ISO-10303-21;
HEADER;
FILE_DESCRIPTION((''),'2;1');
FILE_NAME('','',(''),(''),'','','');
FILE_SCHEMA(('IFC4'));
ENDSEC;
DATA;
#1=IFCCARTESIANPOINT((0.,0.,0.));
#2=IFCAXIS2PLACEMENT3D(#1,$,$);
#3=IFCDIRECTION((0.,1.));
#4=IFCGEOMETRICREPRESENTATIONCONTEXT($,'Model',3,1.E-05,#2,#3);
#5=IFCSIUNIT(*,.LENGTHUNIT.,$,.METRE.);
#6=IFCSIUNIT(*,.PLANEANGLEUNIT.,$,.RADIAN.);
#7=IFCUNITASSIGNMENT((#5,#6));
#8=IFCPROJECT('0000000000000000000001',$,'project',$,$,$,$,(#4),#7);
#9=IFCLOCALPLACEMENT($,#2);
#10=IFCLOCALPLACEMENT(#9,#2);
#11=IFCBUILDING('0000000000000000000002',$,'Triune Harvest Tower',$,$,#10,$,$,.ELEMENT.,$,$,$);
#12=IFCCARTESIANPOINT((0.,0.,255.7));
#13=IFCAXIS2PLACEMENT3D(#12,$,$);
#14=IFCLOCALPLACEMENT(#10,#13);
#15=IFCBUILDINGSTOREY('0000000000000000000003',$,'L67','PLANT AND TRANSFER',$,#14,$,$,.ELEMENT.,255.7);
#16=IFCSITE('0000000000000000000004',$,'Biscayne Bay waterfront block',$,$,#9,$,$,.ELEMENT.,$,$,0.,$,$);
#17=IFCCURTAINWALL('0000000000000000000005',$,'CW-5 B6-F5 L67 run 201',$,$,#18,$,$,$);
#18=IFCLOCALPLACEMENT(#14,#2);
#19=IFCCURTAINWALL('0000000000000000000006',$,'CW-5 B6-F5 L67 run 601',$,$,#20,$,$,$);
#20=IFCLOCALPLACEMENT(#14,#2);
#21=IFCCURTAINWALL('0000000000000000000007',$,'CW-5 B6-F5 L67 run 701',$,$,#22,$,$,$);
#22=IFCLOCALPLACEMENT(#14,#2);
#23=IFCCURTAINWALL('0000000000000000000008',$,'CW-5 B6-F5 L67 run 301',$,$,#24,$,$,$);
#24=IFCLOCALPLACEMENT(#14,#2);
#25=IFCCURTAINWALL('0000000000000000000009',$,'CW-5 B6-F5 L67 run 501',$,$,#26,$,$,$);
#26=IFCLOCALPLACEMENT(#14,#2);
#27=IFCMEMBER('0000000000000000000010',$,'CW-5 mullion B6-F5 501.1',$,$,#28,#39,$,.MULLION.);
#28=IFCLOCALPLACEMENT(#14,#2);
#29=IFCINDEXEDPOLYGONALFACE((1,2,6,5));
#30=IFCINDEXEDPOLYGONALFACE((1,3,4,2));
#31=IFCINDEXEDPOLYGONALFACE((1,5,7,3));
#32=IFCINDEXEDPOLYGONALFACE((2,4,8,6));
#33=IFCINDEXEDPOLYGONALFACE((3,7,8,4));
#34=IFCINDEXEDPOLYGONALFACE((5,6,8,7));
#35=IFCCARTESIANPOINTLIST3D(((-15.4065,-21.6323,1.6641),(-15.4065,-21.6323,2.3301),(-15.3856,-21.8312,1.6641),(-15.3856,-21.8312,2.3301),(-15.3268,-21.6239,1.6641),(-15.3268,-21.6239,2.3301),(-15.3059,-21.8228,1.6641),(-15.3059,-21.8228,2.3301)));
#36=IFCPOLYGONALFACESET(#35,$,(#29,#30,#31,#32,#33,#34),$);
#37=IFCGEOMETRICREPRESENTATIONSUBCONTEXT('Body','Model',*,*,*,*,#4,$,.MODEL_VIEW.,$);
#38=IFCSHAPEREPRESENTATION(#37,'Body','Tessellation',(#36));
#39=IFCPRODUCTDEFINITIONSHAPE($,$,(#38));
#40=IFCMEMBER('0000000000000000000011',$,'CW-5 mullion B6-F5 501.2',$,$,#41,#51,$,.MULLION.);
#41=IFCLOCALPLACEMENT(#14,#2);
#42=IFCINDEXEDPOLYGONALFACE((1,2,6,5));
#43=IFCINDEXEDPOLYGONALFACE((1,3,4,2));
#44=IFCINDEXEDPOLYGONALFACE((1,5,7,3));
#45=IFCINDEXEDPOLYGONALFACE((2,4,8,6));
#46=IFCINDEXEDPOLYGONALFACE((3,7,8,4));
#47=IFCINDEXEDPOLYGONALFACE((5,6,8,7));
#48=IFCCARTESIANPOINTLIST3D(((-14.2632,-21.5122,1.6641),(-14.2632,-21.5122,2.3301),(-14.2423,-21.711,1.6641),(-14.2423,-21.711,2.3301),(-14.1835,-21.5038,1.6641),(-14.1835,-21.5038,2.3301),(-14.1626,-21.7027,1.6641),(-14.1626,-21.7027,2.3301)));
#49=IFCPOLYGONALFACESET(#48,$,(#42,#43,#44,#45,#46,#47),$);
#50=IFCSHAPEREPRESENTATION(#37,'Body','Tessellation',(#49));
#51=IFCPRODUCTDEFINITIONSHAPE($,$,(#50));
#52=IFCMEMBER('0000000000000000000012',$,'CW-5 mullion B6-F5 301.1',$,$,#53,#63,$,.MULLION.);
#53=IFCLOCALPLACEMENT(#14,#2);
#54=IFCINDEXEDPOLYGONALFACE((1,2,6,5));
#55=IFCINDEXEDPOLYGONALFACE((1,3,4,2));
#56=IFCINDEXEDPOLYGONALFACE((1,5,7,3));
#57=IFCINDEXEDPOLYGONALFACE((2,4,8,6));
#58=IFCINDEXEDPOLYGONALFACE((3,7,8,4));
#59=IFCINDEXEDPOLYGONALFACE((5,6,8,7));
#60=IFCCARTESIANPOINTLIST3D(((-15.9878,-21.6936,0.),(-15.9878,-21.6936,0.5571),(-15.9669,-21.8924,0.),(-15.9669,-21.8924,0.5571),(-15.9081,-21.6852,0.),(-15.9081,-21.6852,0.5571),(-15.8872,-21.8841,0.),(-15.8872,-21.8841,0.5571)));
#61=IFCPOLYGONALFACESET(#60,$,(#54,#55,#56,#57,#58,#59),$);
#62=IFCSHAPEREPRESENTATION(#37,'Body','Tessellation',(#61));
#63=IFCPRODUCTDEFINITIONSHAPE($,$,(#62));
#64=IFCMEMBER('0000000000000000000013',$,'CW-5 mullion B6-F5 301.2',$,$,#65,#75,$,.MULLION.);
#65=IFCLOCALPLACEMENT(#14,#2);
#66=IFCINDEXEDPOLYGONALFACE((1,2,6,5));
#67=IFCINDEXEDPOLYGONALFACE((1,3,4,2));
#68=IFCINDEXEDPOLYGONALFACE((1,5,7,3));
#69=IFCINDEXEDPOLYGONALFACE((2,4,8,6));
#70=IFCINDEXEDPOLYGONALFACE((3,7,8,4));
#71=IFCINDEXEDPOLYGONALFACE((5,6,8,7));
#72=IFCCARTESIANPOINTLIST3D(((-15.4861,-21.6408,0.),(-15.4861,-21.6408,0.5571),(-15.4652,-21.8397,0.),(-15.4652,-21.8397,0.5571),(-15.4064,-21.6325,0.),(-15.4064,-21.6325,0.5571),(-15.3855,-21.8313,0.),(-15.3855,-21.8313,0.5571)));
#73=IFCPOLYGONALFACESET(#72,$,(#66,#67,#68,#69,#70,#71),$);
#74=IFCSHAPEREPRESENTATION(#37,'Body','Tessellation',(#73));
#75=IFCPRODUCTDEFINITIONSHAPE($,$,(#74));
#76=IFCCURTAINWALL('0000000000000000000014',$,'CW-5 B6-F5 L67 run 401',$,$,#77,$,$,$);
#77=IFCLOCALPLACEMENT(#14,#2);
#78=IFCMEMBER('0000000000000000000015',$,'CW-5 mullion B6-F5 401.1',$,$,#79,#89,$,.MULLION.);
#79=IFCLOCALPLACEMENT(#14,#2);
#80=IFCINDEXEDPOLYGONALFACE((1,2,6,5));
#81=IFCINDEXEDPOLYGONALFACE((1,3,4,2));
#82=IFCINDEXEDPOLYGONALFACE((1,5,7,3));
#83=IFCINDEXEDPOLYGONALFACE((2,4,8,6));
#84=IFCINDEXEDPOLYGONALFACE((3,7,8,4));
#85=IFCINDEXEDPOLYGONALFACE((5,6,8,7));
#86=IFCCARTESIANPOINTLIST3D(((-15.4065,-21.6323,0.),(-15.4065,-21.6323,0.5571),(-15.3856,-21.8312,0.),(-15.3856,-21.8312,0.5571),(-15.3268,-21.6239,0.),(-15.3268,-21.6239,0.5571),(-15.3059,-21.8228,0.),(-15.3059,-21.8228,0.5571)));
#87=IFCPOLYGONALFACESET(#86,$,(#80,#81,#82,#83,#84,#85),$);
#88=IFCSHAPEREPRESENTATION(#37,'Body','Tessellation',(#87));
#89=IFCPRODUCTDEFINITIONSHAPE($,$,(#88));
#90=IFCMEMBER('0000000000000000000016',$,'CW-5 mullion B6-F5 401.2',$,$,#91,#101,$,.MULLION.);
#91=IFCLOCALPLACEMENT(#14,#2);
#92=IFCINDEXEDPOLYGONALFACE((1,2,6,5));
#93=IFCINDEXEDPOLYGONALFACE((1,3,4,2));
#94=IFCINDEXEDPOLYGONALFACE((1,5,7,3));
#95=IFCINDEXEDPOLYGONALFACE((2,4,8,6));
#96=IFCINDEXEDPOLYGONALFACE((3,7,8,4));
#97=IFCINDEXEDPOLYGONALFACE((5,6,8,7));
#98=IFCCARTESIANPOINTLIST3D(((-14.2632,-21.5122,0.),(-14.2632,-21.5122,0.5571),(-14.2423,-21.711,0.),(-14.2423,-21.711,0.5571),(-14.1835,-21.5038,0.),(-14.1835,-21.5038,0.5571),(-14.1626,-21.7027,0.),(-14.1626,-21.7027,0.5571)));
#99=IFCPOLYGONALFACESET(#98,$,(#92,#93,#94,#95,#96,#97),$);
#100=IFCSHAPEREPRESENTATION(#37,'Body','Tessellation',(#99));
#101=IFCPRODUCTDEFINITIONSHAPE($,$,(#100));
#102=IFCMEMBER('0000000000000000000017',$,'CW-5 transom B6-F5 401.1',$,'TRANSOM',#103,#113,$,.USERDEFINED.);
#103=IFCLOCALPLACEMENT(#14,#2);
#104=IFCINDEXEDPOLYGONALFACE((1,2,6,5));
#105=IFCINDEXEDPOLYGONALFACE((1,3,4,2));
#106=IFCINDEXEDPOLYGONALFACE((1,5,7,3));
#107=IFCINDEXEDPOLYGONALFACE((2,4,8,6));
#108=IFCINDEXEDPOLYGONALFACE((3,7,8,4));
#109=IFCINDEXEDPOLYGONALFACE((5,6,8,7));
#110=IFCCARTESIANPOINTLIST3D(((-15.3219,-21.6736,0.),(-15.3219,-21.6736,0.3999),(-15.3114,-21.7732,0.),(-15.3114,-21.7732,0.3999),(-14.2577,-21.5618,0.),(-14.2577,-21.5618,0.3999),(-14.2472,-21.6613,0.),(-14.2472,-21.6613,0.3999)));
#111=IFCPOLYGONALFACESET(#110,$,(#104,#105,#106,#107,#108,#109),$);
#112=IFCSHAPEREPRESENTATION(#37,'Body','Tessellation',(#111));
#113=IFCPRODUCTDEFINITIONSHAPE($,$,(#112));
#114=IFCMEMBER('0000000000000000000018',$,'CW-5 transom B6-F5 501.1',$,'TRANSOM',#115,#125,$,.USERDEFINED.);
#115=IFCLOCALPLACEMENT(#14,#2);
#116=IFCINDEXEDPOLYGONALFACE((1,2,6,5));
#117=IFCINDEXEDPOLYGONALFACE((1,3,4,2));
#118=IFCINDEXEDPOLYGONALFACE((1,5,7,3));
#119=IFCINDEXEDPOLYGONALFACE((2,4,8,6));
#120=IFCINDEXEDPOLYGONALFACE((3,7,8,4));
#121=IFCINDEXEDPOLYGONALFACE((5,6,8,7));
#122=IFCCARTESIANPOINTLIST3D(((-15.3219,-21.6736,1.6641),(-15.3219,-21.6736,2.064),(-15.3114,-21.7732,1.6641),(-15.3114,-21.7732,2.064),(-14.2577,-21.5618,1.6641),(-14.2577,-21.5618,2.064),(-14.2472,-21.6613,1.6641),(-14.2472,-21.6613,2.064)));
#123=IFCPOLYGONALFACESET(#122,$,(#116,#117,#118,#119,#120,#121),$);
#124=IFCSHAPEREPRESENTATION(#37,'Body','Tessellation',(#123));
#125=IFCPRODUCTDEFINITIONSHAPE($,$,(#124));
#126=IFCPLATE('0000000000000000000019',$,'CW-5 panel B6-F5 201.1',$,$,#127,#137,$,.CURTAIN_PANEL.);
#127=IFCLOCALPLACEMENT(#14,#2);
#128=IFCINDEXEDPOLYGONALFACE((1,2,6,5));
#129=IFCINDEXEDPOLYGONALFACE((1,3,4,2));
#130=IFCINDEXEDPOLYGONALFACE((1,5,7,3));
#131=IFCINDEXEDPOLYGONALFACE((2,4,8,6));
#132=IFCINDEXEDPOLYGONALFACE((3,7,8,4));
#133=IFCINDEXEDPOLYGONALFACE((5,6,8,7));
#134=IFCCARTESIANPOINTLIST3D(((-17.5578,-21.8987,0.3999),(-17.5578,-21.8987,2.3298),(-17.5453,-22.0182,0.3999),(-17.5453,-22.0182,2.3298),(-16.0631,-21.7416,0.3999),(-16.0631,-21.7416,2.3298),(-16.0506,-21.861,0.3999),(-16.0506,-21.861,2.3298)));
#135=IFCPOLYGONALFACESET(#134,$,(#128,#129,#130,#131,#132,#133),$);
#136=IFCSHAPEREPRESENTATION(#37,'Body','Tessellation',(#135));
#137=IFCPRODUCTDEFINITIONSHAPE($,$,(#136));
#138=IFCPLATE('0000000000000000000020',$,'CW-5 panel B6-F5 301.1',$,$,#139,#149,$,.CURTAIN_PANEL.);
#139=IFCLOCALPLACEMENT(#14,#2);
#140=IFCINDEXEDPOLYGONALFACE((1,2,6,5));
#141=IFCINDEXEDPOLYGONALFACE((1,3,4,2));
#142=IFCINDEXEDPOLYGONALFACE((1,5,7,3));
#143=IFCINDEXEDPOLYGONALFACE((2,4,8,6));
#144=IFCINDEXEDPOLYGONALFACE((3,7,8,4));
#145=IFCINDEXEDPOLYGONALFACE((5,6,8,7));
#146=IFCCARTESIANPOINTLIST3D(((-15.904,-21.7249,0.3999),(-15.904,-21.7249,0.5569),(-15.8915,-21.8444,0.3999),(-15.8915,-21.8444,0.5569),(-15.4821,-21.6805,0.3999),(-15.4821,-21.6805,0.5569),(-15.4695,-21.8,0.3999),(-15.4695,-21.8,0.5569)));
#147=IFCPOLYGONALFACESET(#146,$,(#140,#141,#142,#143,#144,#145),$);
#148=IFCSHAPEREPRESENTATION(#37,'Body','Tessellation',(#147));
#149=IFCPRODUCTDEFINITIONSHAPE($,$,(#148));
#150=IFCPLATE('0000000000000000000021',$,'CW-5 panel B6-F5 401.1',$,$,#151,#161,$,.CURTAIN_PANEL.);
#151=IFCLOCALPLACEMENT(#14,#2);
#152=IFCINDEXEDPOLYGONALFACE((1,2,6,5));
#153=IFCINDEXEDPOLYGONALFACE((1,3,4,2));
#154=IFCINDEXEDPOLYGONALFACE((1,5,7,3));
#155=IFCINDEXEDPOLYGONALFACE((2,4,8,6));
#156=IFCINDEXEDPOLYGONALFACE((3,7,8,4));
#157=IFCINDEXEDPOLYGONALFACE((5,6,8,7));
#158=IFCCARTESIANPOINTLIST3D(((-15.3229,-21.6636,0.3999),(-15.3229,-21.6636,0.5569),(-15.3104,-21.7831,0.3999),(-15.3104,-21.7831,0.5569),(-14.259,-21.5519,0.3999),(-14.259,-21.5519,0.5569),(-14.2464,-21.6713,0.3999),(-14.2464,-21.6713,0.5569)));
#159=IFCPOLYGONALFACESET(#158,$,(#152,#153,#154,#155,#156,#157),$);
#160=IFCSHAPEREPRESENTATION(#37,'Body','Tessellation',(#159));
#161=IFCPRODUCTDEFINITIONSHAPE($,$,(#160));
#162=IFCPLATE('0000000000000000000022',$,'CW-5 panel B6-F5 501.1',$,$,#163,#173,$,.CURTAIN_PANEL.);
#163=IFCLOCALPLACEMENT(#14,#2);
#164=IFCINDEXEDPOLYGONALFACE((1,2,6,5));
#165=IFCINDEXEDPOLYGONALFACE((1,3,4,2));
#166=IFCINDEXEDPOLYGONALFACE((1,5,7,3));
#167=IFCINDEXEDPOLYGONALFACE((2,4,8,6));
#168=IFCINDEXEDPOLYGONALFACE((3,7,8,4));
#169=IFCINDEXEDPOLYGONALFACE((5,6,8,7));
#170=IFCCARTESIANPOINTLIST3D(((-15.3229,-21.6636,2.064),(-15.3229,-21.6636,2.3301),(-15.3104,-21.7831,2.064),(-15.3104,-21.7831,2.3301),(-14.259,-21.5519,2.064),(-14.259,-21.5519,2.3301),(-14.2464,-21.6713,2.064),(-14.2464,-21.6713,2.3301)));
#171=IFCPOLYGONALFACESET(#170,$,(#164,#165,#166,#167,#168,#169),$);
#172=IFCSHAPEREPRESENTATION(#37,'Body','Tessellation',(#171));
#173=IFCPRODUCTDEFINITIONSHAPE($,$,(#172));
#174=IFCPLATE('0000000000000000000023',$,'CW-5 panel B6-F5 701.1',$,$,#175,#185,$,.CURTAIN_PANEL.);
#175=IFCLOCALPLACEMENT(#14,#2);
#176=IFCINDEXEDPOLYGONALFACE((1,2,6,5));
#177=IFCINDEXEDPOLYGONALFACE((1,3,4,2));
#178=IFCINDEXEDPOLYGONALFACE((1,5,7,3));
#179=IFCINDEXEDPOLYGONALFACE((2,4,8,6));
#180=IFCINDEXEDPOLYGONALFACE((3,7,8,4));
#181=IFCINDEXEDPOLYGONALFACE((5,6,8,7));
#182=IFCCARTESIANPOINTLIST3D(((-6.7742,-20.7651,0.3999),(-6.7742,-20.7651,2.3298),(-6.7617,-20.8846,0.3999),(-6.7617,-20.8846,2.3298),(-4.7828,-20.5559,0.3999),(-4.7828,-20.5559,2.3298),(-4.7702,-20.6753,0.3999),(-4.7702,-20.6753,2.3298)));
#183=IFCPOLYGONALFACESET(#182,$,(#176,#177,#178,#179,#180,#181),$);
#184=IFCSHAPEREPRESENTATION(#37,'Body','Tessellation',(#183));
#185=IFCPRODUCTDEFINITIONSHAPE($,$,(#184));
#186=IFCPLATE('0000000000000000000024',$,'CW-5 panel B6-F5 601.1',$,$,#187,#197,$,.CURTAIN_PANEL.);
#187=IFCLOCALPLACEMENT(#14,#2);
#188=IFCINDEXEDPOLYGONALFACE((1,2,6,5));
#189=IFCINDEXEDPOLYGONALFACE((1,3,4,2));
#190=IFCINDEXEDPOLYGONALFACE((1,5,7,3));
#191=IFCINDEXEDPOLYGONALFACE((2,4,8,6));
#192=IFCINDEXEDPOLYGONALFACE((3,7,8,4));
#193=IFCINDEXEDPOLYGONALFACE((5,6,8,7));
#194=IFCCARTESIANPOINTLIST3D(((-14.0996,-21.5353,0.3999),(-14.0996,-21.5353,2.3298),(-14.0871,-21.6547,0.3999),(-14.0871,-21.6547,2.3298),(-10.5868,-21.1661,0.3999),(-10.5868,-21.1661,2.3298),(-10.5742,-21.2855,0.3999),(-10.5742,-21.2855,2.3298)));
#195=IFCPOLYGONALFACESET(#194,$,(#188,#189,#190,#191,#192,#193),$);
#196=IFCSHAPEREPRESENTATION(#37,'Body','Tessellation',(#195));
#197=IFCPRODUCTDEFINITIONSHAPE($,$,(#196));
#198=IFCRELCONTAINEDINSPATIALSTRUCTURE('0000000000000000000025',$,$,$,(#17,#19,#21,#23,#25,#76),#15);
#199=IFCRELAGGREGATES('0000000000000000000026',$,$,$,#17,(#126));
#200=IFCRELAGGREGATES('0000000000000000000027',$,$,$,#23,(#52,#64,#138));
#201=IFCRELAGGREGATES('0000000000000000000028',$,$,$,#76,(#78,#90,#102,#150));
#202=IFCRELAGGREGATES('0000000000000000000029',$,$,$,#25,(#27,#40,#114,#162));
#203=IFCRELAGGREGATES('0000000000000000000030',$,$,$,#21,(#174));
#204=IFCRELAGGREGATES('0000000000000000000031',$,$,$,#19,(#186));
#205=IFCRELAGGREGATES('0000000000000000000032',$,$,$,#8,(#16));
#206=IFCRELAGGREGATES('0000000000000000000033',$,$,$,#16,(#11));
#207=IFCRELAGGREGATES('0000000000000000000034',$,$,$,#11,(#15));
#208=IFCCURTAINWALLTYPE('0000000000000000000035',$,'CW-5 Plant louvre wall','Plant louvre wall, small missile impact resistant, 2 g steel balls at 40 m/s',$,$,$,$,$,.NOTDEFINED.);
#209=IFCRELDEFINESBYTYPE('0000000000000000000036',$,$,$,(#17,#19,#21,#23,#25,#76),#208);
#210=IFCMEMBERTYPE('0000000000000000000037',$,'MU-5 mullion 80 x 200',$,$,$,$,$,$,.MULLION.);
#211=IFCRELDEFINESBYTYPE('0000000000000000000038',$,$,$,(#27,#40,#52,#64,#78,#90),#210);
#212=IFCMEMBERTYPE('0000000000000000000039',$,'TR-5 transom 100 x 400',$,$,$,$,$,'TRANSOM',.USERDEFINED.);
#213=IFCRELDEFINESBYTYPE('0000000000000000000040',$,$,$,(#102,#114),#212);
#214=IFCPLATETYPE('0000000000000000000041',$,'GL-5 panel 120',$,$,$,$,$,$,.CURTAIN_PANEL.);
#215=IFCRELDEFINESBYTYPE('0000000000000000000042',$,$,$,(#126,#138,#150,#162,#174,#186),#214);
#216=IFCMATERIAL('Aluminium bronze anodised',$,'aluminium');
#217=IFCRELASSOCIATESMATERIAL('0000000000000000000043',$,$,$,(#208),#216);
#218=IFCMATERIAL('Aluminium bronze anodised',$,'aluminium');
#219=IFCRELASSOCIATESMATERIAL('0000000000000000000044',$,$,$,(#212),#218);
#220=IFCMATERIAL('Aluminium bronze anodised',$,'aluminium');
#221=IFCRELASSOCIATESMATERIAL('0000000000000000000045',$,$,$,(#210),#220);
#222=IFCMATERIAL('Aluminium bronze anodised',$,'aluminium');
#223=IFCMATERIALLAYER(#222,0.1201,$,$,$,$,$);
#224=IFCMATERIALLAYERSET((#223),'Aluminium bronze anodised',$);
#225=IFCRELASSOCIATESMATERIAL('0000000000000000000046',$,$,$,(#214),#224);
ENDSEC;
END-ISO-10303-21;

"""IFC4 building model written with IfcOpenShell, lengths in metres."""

from ifc_helpers import new_model, si_unit, direction, frame, origin, origin_2d, place, context, subcontext, project, spatial, rectangle, extrude, source, transform, mapped, material, layer, layer_set, material_profile, profile_set, type_object, element, aggregate, save


model = new_model("IFC4")

# Units and contexts
model_context = context("Model", 3, precision=1e-05, world=origin(), true_north=direction((0.0, 1.0)))
body_context = subcontext(model_context, "Body", "Model", "MODEL_VIEW")
ifc_project = project(units=[si_unit("LENGTHUNIT", "METRE"), si_unit("PLANEANGLEUNIT", "RADIAN")], contexts=[model_context])

# Site, building, storey
site_placement = place(None, origin())
site = spatial("IfcSite", under=ifc_project, at=site_placement, Name="Biscayne Bay waterfront block", CompositionType="ELEMENT", RefElevation=0.0)
building_placement = place(site_placement, origin())
building = spatial("IfcBuilding", under=site, at=building_placement, Name="Triune Harvest Tower", CompositionType="ELEMENT")
storey_placement = place(building_placement, frame((0.0, 0.0, 255.7)))
storey = spatial("IfcBuildingStorey", under=building, at=storey_placement, Name="L67", Description="PLANT AND TRANSFER", CompositionType="ELEMENT", Elevation=255.7)

# Curtain walls
ifc_material_1 = material(Name="Aluminium bronze anodised", Category="aluminium")
curtain_wall_type = type_object("IfcCurtainWallType", Name="CW-5 Plant louvre wall", Description="Plant louvre wall, small missile impact resistant, 2 g steel balls at 40 m/s", PredefinedType="NOTDEFINED", material=ifc_material_1)
curtain_wall_1_placement = place(storey_placement, origin())
curtain_wall_1 = element("IfcCurtainWall", 1, at=curtain_wall_1_placement, inside=storey, type_object=curtain_wall_type, Name="CW-5 B6-F5 L67 run 201")
ifc_material_2 = material(Name="Aluminium bronze anodised", Category="aluminium")
ifc_material_profile_1 = material_profile(ifc_material_2, rectangle(XDim=0.1001, YDim=0.3999, at=origin_2d()), Name="TR-5 transom 100 x 400")
ifc_profile_set_1 = profile_set([ifc_material_profile_1], Name="Aluminium bronze anodised")
member_type_1 = type_object("IfcMemberType", Name="TR-5 transom 100 x 400", ElementType="TRANSOM", PredefinedType="USERDEFINED", material=ifc_profile_set_1)
curtain_wall_2_placement = place(storey_placement, origin())
curtain_wall_2 = element("IfcCurtainWall", 2, at=curtain_wall_2_placement, inside=storey, type_object=curtain_wall_type, Name="CW-5 B6-F5 L67 run 601")
curtain_wall_3_placement = place(storey_placement, origin())
curtain_wall_3 = element("IfcCurtainWall", 3, at=curtain_wall_3_placement, inside=storey, type_object=curtain_wall_type, Name="CW-5 B6-F5 L67 run 701")

# Shared definitions
ifc_material_3 = material(Name="Aluminium bronze anodised", Category="aluminium")
ifc_material_profile_2 = material_profile(ifc_material_3, rectangle(XDim=0.2, YDim=0.0801, at=origin_2d()), Name="MU-5 mullion 80 x 200")
ifc_profile_set_2 = profile_set([ifc_material_profile_2], Name="Aluminium bronze anodised")
member_type_2 = type_object("IfcMemberType", Name="MU-5 mullion 80 x 200", PredefinedType="MULLION", material=ifc_profile_set_2)

# Curtain wall
curtain_wall_4_placement = place(storey_placement, origin())
curtain_wall_4 = element("IfcCurtainWall", 4, at=curtain_wall_4_placement, inside=storey, type_object=curtain_wall_type, Name="CW-5 B6-F5 L67 run 301")

# Curtain wall, members
curtain_wall_5_placement = place(storey_placement, origin())
curtain_wall_5 = element("IfcCurtainWall", 5, at=curtain_wall_5_placement, inside=storey, type_object=curtain_wall_type, Name="CW-5 B6-F5 L67 run 501")
shared_shape_1 = source(origin(), body_context, "Body", "SweptSolid", [
    extrude(rectangle(XDim=0.2, YDim=0.0801, at=origin_2d()), origin(), (0.0, 0.0, 1.0), 0.666),
])
member_1_placement = place(storey_placement, frame((-15.3562, -21.7275, 1.6641), z_axis=(0.0, 0.0, 1.0), x_axis=(-0.104486, 0.994526, 0.0)))
member_1 = element("IfcMember", 6, at=member_1_placement, type_object=member_type_2, Name="CW-5 mullion B6-F5 501.1", PredefinedType="MULLION", context=body_context, shape_type="MappedRepresentation", body=[
    mapped(shared_shape_1, transform((0.0, 0.0, 0.0), scale=1.0)),
])
member_2_placement = place(storey_placement, frame((-14.2129, -21.6074, 1.6641), z_axis=(0.0, 0.0, 1.0), x_axis=(-0.104486, 0.994526, 0.0)))
member_2 = element("IfcMember", 7, at=member_2_placement, type_object=member_type_2, Name="CW-5 mullion B6-F5 501.2", PredefinedType="MULLION", context=body_context, shape_type="MappedRepresentation", body=[
    mapped(shared_shape_1, transform((0.0, 0.0, 0.0), scale=1.0)),
])

# Members
shared_shape_2 = source(origin(), body_context, "Body", "SweptSolid", [
    extrude(rectangle(XDim=0.2, YDim=0.0801, at=origin_2d()), origin(), (0.0, 0.0, 1.0), 0.5571),
])
member_3_placement = place(storey_placement, frame((-15.9375, -21.7888, 0.0), z_axis=(0.0, 0.0, 1.0), x_axis=(-0.104569, 0.994518, 0.0)))
member_3 = element("IfcMember", 8, at=member_3_placement, type_object=member_type_2, Name="CW-5 mullion B6-F5 301.1", PredefinedType="MULLION", context=body_context, shape_type="MappedRepresentation", body=[
    mapped(shared_shape_2, transform((0.0, 0.0, 0.0), scale=1.0)),
])
member_4_placement = place(storey_placement, frame((-15.4358, -21.7361, 0.0), z_axis=(0.0, 0.0, 1.0), x_axis=(-0.104569, 0.994518, 0.0)))
member_4 = element("IfcMember", 9, at=member_4_placement, type_object=member_type_2, Name="CW-5 mullion B6-F5 301.2", PredefinedType="MULLION", context=body_context, shape_type="MappedRepresentation", body=[
    mapped(shared_shape_2, transform((0.0, 0.0, 0.0), scale=1.0)),
])

# Curtain wall, members
curtain_wall_6_placement = place(storey_placement, origin())
curtain_wall_6 = element("IfcCurtainWall", 10, at=curtain_wall_6_placement, inside=storey, type_object=curtain_wall_type, Name="CW-5 B6-F5 L67 run 401")
member_5_placement = place(storey_placement, frame((-15.3562, -21.7275, 0.0), z_axis=(0.0, 0.0, 1.0), x_axis=(-0.104486, 0.994526, 0.0)))
member_5 = element("IfcMember", 11, at=member_5_placement, type_object=member_type_2, Name="CW-5 mullion B6-F5 401.1", PredefinedType="MULLION", context=body_context, shape_type="MappedRepresentation", body=[
    mapped(shared_shape_2, transform((0.0, 0.0, 0.0), scale=1.0)),
])
member_6_placement = place(storey_placement, frame((-14.2129, -21.6074, 0.0), z_axis=(0.0, 0.0, 1.0), x_axis=(-0.104486, 0.994526, 0.0)))
member_6 = element("IfcMember", 12, at=member_6_placement, type_object=member_type_2, Name="CW-5 mullion B6-F5 401.2", PredefinedType="MULLION", context=body_context, shape_type="MappedRepresentation", body=[
    mapped(shared_shape_2, transform((0.0, 0.0, 0.0), scale=1.0)),
])
shared_shape_3 = source(origin(), body_context, "Body", "SweptSolid", [
    extrude(rectangle(XDim=0.1001, YDim=0.3999, at=origin_2d()), origin(), (0.0, 0.0, 1.0), 1.0701),
])
member_7_placement = place(storey_placement, frame((-15.3167, -21.7234, 0.2), z_axis=(0.994525, 0.104495, 0.0), x_axis=(-0.104495, 0.994525, 0.0)))
member_7 = element("IfcMember", 13, at=member_7_placement, type_object=member_type_1, Name="CW-5 transom B6-F5 401.1", ObjectType="TRANSOM", PredefinedType="USERDEFINED", context=body_context, shape_type="MappedRepresentation", body=[
    mapped(shared_shape_3, transform((0.0, 0.0, 0.0), scale=1.0)),
])

# Member
member_8_placement = place(storey_placement, frame((-15.3167, -21.7234, 1.864), z_axis=(0.994525, 0.104495, 0.0), x_axis=(-0.104495, 0.994525, 0.0)))
member_8 = element("IfcMember", 14, at=member_8_placement, type_object=member_type_1, Name="CW-5 transom B6-F5 501.1", ObjectType="TRANSOM", PredefinedType="USERDEFINED", context=body_context, shape_type="MappedRepresentation", body=[
    mapped(shared_shape_3, transform((0.0, 0.0, 0.0), scale=1.0)),
])

# Plates
ifc_material_4 = material(Name="Aluminium bronze anodised", Category="aluminium")
ifc_layer = layer(ifc_material_4, 0.1201)
ifc_layer_set = layer_set([ifc_layer], Name="Aluminium bronze anodised")
plate_type = type_object("IfcPlateType", Name="GL-5 panel 120", PredefinedType="CURTAIN_PANEL", material=ifc_layer_set)
plate_1_placement = place(storey_placement, frame((-16.8042, -21.8799, 0.3999), z_axis=(0.0, 0.0, 1.0), x_axis=(0.994518, 0.104569, 0.0)))
plate_1 = element("IfcPlate", 15, at=plate_1_placement, type_object=plate_type, Name="CW-5 panel B6-F5 201.1", PredefinedType="CURTAIN_PANEL", context=body_context, shape_type="SweptSolid", body=[
    extrude(rectangle(XDim=1.5029, YDim=0.1201, at=origin_2d()), origin(), (0.0, 0.0, 1.0), 1.9299),
])
aggregate(curtain_wall_1, [plate_1])
plate_2_placement = place(storey_placement, frame((-15.6868, -21.7625, 0.3999), z_axis=(0.0, 0.0, 1.0), x_axis=(0.994518, 0.104569, 0.0)))
plate_2 = element("IfcPlate", 16, at=plate_2_placement, type_object=plate_type, Name="CW-5 panel B6-F5 301.1", PredefinedType="CURTAIN_PANEL", context=body_context, shape_type="SweptSolid", body=[
    extrude(rectangle(XDim=0.4243, YDim=0.1201, at=origin_2d()), origin(), (0.0, 0.0, 1.0), 0.157),
])
aggregate(curtain_wall_4, [member_3, member_4, plate_2])
plate_3_placement = place(storey_placement, frame((-14.7847, -21.6675, 0.3999), z_axis=(0.0, 0.0, 1.0), x_axis=(0.994526, 0.104486, 0.0)))
plate_3 = element("IfcPlate", 17, at=plate_3_placement, type_object=plate_type, Name="CW-5 panel B6-F5 401.1", PredefinedType="CURTAIN_PANEL", context=body_context, shape_type="SweptSolid", body=[
    extrude(rectangle(XDim=1.0698, YDim=0.1201, at=origin_2d()), origin(), (0.0, 0.0, 1.0), 0.157),
])
aggregate(curtain_wall_6, [member_5, member_6, member_7, plate_3])
plate_4_placement = place(storey_placement, frame((-14.7847, -21.6675, 2.064), z_axis=(0.0, 0.0, 1.0), x_axis=(0.994526, 0.104486, 0.0)))
plate_4 = element("IfcPlate", 18, at=plate_4_placement, type_object=plate_type, Name="CW-5 panel B6-F5 501.1", PredefinedType="CURTAIN_PANEL", context=body_context, shape_type="SweptSolid", body=[
    extrude(rectangle(XDim=1.0698, YDim=0.1201, at=origin_2d()), origin(), (0.0, 0.0, 1.0), 0.2661),
])
aggregate(curtain_wall_5, [member_1, member_2, member_8, plate_4])
plate_5_placement = place(storey_placement, frame((-5.7722, -20.7202, 0.3999), z_axis=(0.0, 0.0, 1.0), x_axis=(0.994524, 0.104507, 0.0)))
plate_5 = element("IfcPlate", 19, at=plate_5_placement, type_object=plate_type, Name="CW-5 panel B6-F5 701.1", PredefinedType="CURTAIN_PANEL", context=body_context, shape_type="SweptSolid", body=[
    extrude(rectangle(XDim=2.0024, YDim=0.1201, at=origin_2d()), origin(), (0.0, 0.0, 1.0), 1.9299),
])
aggregate(curtain_wall_3, [plate_5])
shared_shape_4 = source(origin(), body_context, "Body", "SweptSolid", [
    extrude(rectangle(XDim=3.5322, YDim=0.1201, at=origin_2d()), origin(), (0.0, 0.0, 1.0), 1.9299),
])
plate_6_placement = place(storey_placement, frame((-12.3369, -21.4104, 0.3999), z_axis=(0.0, 0.0, 1.0), x_axis=(0.994521, 0.104533, 0.0)))
plate_6 = element("IfcPlate", 20, at=plate_6_placement, type_object=plate_type, Name="CW-5 panel B6-F5 601.1", PredefinedType="CURTAIN_PANEL", context=body_context, shape_type="MappedRepresentation", body=[
    mapped(shared_shape_4, transform((0.0, 0.0, 0.0), scale=1.0)),
])
aggregate(curtain_wall_2, [plate_6])

save(model, "model.ifc")
